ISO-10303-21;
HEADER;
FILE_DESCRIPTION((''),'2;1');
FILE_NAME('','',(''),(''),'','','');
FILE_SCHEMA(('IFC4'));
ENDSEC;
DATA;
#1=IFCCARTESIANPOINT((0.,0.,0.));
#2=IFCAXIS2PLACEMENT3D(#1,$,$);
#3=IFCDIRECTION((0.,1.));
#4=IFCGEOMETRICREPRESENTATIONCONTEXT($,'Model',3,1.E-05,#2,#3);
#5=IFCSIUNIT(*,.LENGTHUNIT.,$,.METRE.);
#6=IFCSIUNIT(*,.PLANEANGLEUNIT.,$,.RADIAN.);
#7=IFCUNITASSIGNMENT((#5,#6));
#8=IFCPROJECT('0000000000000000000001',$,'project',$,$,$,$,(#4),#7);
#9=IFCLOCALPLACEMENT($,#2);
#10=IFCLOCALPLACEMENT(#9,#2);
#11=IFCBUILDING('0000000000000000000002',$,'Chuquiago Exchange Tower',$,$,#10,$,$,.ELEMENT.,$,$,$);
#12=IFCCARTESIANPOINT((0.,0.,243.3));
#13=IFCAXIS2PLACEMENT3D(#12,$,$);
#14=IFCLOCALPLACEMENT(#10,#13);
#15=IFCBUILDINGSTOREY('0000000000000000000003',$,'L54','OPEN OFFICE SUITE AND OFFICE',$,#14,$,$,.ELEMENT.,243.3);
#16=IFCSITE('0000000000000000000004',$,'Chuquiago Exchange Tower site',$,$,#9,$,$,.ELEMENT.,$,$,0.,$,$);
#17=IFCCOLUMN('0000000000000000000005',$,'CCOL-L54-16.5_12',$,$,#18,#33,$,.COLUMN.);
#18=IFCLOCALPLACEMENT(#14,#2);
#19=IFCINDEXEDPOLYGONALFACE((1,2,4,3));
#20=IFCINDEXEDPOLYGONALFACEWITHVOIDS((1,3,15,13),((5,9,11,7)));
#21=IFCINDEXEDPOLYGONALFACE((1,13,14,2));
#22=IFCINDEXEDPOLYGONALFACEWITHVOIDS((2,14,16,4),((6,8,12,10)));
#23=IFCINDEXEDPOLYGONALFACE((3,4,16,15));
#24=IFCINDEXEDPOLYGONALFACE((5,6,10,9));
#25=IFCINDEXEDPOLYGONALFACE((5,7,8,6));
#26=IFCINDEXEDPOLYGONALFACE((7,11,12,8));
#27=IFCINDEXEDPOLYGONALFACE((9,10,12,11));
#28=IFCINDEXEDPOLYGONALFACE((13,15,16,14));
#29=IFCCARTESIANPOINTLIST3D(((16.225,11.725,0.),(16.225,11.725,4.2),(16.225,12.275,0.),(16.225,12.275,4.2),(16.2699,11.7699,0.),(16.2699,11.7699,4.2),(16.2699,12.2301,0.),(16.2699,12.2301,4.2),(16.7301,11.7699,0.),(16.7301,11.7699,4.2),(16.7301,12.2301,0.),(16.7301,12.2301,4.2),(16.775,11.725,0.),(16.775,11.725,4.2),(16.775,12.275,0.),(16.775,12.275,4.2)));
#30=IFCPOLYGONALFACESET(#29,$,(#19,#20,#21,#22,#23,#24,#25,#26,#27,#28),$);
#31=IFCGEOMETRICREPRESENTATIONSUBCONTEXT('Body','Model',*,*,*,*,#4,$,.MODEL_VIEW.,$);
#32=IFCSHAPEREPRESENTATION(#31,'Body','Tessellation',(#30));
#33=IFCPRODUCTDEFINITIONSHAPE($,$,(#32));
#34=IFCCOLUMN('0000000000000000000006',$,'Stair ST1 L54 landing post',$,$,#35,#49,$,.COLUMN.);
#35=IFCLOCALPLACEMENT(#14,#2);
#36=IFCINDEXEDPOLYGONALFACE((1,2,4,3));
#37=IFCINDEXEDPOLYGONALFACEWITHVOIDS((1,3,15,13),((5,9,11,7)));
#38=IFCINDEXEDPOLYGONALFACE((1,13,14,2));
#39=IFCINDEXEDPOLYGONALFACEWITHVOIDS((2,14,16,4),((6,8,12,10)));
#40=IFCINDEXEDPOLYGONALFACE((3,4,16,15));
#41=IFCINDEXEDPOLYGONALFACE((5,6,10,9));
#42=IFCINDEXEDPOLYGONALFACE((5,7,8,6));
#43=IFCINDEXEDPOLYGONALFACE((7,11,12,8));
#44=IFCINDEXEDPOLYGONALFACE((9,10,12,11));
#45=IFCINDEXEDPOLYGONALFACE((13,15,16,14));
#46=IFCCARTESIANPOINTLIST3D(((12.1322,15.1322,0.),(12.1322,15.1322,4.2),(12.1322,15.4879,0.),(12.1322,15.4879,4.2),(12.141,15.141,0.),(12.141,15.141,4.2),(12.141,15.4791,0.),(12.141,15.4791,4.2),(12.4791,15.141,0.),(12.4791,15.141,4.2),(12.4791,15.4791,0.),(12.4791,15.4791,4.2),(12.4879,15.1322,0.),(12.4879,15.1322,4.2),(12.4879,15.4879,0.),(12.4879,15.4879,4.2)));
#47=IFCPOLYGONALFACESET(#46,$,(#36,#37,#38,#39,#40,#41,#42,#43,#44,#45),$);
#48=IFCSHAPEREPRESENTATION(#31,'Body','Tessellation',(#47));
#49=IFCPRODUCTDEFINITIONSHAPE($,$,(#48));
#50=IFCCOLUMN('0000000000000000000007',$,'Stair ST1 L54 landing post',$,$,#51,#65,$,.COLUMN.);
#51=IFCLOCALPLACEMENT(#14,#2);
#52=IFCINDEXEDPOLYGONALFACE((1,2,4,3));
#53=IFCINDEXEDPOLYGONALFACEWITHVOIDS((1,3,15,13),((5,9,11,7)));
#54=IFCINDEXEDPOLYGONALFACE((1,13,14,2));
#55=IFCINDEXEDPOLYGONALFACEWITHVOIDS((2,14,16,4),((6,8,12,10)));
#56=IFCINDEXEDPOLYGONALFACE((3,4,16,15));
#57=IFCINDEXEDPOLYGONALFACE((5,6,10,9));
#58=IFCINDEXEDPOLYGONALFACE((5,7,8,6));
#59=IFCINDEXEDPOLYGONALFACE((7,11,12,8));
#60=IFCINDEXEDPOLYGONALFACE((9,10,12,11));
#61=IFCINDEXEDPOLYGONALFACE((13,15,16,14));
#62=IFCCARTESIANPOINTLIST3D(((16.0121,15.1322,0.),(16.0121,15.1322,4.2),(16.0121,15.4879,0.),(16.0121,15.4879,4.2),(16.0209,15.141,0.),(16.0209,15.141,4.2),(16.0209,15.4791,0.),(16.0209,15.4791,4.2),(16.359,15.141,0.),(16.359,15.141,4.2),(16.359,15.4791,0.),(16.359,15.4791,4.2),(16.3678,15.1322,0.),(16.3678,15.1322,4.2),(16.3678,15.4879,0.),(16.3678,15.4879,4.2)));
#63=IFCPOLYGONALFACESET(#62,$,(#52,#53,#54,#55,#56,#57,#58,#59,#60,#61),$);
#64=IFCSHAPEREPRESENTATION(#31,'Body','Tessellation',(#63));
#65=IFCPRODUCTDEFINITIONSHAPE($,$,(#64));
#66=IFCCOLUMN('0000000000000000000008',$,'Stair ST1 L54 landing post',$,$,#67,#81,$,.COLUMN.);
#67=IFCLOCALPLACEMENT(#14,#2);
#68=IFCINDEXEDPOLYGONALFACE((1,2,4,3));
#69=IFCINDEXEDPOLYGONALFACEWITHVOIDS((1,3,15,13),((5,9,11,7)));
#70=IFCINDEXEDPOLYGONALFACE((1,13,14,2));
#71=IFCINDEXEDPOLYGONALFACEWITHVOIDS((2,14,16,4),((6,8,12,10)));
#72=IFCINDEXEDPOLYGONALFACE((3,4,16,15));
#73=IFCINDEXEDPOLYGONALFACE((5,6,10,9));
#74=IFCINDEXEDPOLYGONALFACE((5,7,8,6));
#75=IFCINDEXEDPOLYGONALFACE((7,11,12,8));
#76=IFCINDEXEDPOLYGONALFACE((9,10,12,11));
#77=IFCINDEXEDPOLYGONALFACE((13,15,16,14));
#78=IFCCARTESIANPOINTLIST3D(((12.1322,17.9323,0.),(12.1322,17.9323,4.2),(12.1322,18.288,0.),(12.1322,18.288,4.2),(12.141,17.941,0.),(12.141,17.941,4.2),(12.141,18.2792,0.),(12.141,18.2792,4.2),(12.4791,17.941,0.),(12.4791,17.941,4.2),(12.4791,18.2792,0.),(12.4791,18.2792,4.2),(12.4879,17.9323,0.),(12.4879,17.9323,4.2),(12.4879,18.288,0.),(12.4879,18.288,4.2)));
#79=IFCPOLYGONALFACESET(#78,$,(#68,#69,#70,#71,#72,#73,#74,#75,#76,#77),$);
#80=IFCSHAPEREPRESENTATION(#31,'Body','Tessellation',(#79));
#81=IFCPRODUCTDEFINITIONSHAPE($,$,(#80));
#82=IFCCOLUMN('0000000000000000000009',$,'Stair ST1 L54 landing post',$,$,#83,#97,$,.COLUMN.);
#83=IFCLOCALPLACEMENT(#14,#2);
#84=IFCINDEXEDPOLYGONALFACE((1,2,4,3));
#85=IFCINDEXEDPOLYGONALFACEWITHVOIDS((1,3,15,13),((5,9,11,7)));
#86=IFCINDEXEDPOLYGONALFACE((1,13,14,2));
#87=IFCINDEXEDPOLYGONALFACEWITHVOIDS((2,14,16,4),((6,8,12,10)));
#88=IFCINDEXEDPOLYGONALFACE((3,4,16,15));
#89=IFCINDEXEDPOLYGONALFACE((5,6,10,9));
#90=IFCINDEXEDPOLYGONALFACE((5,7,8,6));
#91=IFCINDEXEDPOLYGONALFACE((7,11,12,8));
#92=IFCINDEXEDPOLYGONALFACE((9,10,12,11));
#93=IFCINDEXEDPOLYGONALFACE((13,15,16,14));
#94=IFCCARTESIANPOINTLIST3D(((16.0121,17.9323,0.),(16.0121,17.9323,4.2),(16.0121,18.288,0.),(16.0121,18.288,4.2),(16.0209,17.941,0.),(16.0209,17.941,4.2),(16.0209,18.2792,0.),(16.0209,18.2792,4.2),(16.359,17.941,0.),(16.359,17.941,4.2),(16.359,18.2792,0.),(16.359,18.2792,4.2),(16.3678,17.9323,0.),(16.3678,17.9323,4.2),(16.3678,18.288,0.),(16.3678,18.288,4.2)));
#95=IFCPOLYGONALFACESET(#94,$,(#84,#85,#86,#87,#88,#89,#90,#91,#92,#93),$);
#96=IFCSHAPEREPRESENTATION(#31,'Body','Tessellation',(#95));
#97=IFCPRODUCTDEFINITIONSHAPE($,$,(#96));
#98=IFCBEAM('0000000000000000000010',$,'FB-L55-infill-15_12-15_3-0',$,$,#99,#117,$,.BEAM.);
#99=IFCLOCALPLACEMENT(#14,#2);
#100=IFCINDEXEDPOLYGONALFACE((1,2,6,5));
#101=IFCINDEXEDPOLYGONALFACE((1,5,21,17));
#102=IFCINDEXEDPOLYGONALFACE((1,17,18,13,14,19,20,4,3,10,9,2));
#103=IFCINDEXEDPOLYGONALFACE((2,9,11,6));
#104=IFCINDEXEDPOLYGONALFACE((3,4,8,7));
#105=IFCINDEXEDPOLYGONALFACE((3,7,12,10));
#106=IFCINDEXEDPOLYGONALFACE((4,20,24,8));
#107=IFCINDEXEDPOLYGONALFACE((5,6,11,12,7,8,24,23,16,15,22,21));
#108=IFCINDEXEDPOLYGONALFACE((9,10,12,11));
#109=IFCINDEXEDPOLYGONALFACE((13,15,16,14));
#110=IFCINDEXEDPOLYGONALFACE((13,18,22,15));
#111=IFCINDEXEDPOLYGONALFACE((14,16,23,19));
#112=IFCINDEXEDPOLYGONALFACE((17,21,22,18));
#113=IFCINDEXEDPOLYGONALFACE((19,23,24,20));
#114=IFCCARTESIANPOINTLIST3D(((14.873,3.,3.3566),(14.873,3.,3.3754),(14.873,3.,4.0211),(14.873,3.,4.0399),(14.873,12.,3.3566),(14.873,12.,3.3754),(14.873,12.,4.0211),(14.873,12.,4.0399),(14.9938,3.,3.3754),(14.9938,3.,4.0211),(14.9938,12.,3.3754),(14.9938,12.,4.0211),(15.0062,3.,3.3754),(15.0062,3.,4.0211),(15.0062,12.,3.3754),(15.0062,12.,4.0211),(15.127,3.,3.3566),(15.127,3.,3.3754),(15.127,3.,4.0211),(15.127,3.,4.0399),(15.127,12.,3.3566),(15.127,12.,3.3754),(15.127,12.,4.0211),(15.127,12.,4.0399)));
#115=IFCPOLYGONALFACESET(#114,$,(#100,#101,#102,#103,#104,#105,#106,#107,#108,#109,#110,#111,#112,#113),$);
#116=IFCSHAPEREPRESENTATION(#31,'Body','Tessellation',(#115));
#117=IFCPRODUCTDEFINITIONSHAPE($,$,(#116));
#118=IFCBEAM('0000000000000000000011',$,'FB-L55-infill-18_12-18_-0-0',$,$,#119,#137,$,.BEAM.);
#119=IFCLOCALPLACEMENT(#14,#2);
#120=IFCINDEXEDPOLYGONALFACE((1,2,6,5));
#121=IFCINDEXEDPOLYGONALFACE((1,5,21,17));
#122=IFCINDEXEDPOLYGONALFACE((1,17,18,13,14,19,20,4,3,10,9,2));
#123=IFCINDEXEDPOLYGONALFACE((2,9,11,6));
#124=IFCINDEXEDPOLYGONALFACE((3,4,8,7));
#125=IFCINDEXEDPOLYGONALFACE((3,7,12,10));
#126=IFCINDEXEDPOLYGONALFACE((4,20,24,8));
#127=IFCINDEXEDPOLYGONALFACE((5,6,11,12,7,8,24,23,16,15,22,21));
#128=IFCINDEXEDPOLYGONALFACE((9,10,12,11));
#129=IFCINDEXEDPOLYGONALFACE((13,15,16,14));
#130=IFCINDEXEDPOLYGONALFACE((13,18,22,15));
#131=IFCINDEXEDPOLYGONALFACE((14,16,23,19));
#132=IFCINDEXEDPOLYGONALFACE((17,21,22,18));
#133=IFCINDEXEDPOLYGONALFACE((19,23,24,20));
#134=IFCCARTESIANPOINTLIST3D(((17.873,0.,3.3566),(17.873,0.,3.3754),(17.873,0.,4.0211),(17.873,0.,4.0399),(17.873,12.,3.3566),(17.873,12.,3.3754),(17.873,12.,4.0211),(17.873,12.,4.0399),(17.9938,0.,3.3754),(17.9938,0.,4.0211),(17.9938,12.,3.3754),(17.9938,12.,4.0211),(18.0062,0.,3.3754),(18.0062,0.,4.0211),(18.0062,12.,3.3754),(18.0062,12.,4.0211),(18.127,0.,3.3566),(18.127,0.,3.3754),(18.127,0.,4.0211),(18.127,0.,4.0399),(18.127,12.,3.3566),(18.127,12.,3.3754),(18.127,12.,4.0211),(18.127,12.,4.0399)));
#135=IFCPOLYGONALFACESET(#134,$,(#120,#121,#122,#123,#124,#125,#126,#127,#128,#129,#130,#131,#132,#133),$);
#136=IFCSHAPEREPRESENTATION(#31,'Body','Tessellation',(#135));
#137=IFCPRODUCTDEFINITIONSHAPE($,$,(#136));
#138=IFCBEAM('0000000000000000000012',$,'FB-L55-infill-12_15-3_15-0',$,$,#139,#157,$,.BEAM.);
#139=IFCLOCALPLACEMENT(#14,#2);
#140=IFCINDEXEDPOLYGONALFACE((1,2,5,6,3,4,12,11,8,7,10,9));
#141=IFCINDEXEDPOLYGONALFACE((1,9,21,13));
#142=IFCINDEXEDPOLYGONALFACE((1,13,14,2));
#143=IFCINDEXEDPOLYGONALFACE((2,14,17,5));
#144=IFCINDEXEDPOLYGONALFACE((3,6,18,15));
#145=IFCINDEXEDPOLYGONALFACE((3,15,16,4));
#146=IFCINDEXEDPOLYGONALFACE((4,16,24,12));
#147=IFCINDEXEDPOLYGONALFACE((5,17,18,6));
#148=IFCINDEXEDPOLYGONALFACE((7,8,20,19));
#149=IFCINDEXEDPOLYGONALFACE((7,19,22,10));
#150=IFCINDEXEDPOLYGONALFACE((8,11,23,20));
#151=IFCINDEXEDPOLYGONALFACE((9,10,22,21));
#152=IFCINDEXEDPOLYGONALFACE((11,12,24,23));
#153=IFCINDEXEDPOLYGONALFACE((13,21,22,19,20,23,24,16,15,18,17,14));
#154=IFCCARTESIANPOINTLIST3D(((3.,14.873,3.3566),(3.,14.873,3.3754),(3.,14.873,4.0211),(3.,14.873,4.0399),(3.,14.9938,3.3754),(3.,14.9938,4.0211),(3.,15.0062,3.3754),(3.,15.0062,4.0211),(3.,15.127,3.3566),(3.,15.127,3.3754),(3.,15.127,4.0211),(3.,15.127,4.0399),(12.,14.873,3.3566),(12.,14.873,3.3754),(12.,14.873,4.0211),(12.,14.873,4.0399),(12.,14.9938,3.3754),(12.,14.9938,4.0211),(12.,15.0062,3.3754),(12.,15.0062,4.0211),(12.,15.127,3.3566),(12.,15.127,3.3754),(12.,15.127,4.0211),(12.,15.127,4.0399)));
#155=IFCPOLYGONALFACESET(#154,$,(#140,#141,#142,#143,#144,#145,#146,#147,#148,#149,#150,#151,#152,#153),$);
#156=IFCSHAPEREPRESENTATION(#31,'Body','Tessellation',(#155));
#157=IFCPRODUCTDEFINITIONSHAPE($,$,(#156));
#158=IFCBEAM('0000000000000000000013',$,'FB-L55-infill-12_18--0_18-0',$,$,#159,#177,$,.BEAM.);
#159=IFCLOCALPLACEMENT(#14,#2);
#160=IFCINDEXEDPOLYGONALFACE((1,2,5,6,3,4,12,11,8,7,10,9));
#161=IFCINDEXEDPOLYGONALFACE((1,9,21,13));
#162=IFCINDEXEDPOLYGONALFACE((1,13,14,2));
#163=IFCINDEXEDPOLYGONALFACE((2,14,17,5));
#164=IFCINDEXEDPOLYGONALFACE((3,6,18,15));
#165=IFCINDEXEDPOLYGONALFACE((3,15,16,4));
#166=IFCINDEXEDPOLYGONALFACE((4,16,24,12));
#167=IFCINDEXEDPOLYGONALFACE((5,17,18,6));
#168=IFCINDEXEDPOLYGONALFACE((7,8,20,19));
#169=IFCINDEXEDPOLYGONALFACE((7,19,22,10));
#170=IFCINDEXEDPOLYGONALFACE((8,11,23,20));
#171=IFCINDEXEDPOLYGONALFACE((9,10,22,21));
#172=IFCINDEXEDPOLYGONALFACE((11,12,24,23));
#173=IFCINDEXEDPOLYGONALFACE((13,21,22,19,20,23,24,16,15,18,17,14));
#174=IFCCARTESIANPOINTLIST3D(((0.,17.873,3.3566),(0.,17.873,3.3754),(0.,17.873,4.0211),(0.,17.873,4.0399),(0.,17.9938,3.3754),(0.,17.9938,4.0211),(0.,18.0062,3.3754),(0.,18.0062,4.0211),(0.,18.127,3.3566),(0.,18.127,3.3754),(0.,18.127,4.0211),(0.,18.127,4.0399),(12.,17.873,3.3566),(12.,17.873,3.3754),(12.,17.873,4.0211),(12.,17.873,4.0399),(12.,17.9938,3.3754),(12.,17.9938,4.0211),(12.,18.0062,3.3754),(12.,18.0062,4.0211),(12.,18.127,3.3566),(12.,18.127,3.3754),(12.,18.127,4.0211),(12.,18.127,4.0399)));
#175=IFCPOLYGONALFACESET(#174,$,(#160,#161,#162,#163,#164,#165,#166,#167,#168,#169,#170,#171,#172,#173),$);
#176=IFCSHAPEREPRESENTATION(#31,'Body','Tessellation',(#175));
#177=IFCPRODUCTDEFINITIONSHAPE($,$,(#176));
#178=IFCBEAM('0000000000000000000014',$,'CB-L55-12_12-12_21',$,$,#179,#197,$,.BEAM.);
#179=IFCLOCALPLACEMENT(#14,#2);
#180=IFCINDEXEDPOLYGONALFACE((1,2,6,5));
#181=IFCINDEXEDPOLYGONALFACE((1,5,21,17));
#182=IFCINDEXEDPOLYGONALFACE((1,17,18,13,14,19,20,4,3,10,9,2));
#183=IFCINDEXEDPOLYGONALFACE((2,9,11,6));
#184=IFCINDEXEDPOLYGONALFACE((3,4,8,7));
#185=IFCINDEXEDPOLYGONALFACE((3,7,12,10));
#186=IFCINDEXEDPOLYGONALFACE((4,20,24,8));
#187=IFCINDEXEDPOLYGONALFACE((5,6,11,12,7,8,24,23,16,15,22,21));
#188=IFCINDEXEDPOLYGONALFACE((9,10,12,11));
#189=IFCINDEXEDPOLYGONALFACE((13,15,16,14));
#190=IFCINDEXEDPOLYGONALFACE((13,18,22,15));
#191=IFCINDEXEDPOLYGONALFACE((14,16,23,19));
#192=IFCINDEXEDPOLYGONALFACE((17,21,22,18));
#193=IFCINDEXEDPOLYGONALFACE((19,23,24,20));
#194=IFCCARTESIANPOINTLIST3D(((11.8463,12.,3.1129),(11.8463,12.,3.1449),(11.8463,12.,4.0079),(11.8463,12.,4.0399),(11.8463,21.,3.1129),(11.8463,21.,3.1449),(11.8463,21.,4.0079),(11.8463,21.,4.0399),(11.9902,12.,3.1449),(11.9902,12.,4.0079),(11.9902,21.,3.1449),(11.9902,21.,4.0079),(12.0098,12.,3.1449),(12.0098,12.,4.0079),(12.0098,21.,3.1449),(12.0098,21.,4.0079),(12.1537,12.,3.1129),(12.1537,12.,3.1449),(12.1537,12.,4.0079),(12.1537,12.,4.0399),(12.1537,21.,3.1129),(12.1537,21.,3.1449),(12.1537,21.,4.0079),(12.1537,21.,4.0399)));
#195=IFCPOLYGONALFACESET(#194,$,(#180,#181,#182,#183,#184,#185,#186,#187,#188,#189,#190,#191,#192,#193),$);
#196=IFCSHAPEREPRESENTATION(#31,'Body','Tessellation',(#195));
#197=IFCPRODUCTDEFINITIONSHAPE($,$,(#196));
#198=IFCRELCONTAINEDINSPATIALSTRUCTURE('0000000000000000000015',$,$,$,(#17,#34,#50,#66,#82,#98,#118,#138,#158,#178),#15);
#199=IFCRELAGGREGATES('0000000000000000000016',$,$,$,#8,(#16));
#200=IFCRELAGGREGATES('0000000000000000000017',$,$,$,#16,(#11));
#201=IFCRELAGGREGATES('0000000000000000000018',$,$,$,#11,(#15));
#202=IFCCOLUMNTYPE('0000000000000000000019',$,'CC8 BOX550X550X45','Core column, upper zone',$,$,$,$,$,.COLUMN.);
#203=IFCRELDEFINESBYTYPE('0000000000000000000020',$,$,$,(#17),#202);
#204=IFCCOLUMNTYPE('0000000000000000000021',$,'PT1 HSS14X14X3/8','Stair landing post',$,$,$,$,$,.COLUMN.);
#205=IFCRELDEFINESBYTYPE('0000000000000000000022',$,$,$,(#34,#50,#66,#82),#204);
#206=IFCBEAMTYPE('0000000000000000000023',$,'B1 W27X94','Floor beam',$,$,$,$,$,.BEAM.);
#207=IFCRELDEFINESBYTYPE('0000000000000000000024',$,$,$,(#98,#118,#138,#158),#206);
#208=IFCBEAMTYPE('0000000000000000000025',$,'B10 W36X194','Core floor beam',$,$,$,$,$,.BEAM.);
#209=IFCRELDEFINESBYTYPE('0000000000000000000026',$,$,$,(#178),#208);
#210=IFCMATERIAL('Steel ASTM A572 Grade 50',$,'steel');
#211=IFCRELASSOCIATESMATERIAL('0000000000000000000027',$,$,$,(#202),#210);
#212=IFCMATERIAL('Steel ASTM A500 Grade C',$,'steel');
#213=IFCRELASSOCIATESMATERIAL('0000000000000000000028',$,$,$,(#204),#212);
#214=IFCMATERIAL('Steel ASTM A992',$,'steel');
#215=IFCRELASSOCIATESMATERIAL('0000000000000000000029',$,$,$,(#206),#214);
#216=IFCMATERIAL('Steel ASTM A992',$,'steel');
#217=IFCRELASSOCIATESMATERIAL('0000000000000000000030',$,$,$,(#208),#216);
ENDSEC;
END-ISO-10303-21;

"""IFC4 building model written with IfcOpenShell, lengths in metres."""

from ifc_helpers import new_model, si_unit, direction, frame, origin, origin_2d, place, context, subcontext, project, spatial, hollow_rectangle, i_section, extrude, material, material_profile, profile_set, type_object, element, save


model = new_model("IFC4")

# Units and contexts
model_context = context("Model", 3, precision=1e-05, world=origin(), true_north=direction((0.0, 1.0)))
body_context = subcontext(model_context, "Body", "Model", "MODEL_VIEW")
ifc_project = project(units=[si_unit("LENGTHUNIT", "METRE"), si_unit("PLANEANGLEUNIT", "RADIAN")], contexts=[model_context])

# Site, building, storey
site_placement = place(None, origin())
site = spatial("IfcSite", under=ifc_project, at=site_placement, Name="Chuquiago Exchange Tower site", CompositionType="ELEMENT", RefElevation=0.0)
building_placement = place(site_placement, origin())
building = spatial("IfcBuilding", under=site, at=building_placement, Name="Chuquiago Exchange Tower", CompositionType="ELEMENT")
storey_placement = place(building_placement, frame((0.0, 0.0, 243.3)))
storey = spatial("IfcBuildingStorey", under=building, at=storey_placement, Name="L54", Description="OPEN OFFICE SUITE AND OFFICE", CompositionType="ELEMENT", Elevation=243.3)

# Columns
ifc_material_1 = material(Name="Steel ASTM A572 Grade 50", Category="steel")
ifc_material_profile_1 = material_profile(ifc_material_1, hollow_rectangle(XDim=0.55, YDim=0.55, WallThickness=0.0449, at=origin_2d()), Name="BOX550X550X45")
ifc_profile_set_1 = profile_set([ifc_material_profile_1], Name="Steel ASTM A572 Grade 50")
column_type_1 = type_object("IfcColumnType", Name="CC8 BOX550X550X45", Description="Core column, upper zone", PredefinedType="COLUMN", material=ifc_profile_set_1)
column_placement = place(storey_placement, frame((16.5, 12.0, 0.0), z_axis=(0.0, 0.0, 1.0), x_axis=(1.0, 0.0, 0.0)))
element("IfcColumn", 1, at=column_placement, inside=storey, type_object=column_type_1, Name="CCOL-L54-16.5_12", PredefinedType="COLUMN", context=body_context, shape_type="SweptSolid", body=[
    extrude(hollow_rectangle(XDim=0.55, YDim=0.55, WallThickness=0.0449, at=origin_2d()), origin(), (0.0, 0.0, 1.0), 4.2),
])
ifc_material_2 = material(Name="Steel ASTM A500 Grade C", Category="steel")
ifc_material_profile_2 = material_profile(ifc_material_2, hollow_rectangle(XDim=0.3557, YDim=0.3557, WallThickness=0.0088, at=origin_2d()), Name="HSS14X14X3/8")
ifc_profile_set_2 = profile_set([ifc_material_profile_2], Name="Steel ASTM A500 Grade C")
column_type_2 = type_object("IfcColumnType", Name="PT1 HSS14X14X3/8", Description="Stair landing post", PredefinedType="COLUMN", material=ifc_profile_set_2)
for number, where, z_axis, x_axis, name in (
    (2, (12.3101, 15.3101, 0.0), (0.0, 0.0, 1.0), (1.0, 0.0, 0.0), "Stair ST1 L54 landing post"),
    (3, (16.1899, 15.3101, 0.0), (0.0, 0.0, 1.0), (1.0, 0.0, 0.0), "Stair ST1 L54 landing post"),
    (4, (12.3101, 18.1101, 0.0), (0.0, 0.0, 1.0), (1.0, 0.0, 0.0), "Stair ST1 L54 landing post"),
    (5, (16.1899, 18.1101, 0.0), (0.0, 0.0, 1.0), (1.0, 0.0, 0.0), "Stair ST1 L54 landing post"),
):
    element("IfcColumn", number, at=place(storey_placement, frame(where, z_axis=z_axis, x_axis=x_axis)), inside=storey, type_object=column_type_2, Name=name, PredefinedType="COLUMN", context=body_context, shape_type="SweptSolid", body=[
        extrude(hollow_rectangle(XDim=0.3557, YDim=0.3557, WallThickness=0.0088, at=origin_2d()), origin(), (0.0, 0.0, 1.0), 4.2),
    ])

# Beams
ifc_material_3 = material(Name="Steel ASTM A992", Category="steel")
ifc_material_profile_3 = material_profile(ifc_material_3, i_section(OverallWidth=0.2539, OverallDepth=0.6833, WebThickness=0.0125, FlangeThickness=0.0188, at=origin_2d()), Name="W27X94")
ifc_profile_set_3 = profile_set([ifc_material_profile_3], Name="Steel ASTM A992")
beam_type_1 = type_object("IfcBeamType", Name="B1 W27X94", Description="Floor beam", PredefinedType="BEAM", material=ifc_profile_set_3)
beam_1_placement = place(storey_placement, frame((15.0, 12.0, 3.6982), z_axis=(0.0, -1.0, 0.0), x_axis=(1.0, 0.0, 0.0)))
element("IfcBeam", 6, at=beam_1_placement, inside=storey, type_object=beam_type_1, Name="FB-L55-infill-15_12-15_3-0", PredefinedType="BEAM", context=body_context, shape_type="SweptSolid", body=[
    extrude(i_section(OverallWidth=0.2539, OverallDepth=0.6833, WebThickness=0.0125, FlangeThickness=0.0188, at=origin_2d()), origin(), (0.0, 0.0, 1.0), 9.0),
])
beam_2_placement = place(storey_placement, frame((18.0, 12.0, 3.6982), z_axis=(0.0, -1.0, 0.0), x_axis=(1.0, 0.0, 0.0)))
element("IfcBeam", 7, at=beam_2_placement, inside=storey, type_object=beam_type_1, Name="FB-L55-infill-18_12-18_-0-0", PredefinedType="BEAM", context=body_context, shape_type="SweptSolid", body=[
    extrude(i_section(OverallWidth=0.2539, OverallDepth=0.6833, WebThickness=0.0125, FlangeThickness=0.0188, at=origin_2d()), origin(), (0.0, 0.0, 1.0), 12.0),
])
beam_3_placement = place(storey_placement, frame((12.0, 15.0, 3.6982), z_axis=(-1.0, 0.0, 0.0), x_axis=(0.0, -1.0, 0.0)))
element("IfcBeam", 8, at=beam_3_placement, inside=storey, type_object=beam_type_1, Name="FB-L55-infill-12_15-3_15-0", PredefinedType="BEAM", context=body_context, shape_type="SweptSolid", body=[
    extrude(i_section(OverallWidth=0.2539, OverallDepth=0.6833, WebThickness=0.0125, FlangeThickness=0.0188, at=origin_2d()), origin(), (0.0, 0.0, 1.0), 9.0),
])
beam_4_placement = place(storey_placement, frame((12.0, 18.0, 3.6982), z_axis=(-1.0, 0.0, 0.0), x_axis=(0.0, -1.0, 0.0)))
element("IfcBeam", 9, at=beam_4_placement, inside=storey, type_object=beam_type_1, Name="FB-L55-infill-12_18--0_18-0", PredefinedType="BEAM", context=body_context, shape_type="SweptSolid", body=[
    extrude(i_section(OverallWidth=0.2539, OverallDepth=0.6833, WebThickness=0.0125, FlangeThickness=0.0188, at=origin_2d()), origin(), (0.0, 0.0, 1.0), 12.0),
])
ifc_material_4 = material(Name="Steel ASTM A992", Category="steel")
ifc_material_profile_4 = material_profile(ifc_material_4, i_section(OverallWidth=0.3074, OverallDepth=0.927, WebThickness=0.0195, FlangeThickness=0.032, at=origin_2d()), Name="W36X194")
ifc_profile_set_4 = profile_set([ifc_material_profile_4], Name="Steel ASTM A992")
beam_type_2 = type_object("IfcBeamType", Name="B10 W36X194", Description="Core floor beam", PredefinedType="BEAM", material=ifc_profile_set_4)
for number, where, z_axis, x_axis, name in (
    (10, (12.0, 12.0, 3.5764), (0.0, 1.0, 0.0), (-1.0, 0.0, 0.0), "CB-L55-12_12-12_21"),
):
    element("IfcBeam", number, at=place(storey_placement, frame(where, z_axis=z_axis, x_axis=x_axis)), inside=storey, type_object=beam_type_2, Name=name, PredefinedType="BEAM", context=body_context, shape_type="SweptSolid", body=[
        extrude(i_section(OverallWidth=0.3074, OverallDepth=0.927, WebThickness=0.0195, FlangeThickness=0.032, at=origin_2d()), origin(), (0.0, 0.0, 1.0), 9.0),
    ])

save(model, "model.ifc")
